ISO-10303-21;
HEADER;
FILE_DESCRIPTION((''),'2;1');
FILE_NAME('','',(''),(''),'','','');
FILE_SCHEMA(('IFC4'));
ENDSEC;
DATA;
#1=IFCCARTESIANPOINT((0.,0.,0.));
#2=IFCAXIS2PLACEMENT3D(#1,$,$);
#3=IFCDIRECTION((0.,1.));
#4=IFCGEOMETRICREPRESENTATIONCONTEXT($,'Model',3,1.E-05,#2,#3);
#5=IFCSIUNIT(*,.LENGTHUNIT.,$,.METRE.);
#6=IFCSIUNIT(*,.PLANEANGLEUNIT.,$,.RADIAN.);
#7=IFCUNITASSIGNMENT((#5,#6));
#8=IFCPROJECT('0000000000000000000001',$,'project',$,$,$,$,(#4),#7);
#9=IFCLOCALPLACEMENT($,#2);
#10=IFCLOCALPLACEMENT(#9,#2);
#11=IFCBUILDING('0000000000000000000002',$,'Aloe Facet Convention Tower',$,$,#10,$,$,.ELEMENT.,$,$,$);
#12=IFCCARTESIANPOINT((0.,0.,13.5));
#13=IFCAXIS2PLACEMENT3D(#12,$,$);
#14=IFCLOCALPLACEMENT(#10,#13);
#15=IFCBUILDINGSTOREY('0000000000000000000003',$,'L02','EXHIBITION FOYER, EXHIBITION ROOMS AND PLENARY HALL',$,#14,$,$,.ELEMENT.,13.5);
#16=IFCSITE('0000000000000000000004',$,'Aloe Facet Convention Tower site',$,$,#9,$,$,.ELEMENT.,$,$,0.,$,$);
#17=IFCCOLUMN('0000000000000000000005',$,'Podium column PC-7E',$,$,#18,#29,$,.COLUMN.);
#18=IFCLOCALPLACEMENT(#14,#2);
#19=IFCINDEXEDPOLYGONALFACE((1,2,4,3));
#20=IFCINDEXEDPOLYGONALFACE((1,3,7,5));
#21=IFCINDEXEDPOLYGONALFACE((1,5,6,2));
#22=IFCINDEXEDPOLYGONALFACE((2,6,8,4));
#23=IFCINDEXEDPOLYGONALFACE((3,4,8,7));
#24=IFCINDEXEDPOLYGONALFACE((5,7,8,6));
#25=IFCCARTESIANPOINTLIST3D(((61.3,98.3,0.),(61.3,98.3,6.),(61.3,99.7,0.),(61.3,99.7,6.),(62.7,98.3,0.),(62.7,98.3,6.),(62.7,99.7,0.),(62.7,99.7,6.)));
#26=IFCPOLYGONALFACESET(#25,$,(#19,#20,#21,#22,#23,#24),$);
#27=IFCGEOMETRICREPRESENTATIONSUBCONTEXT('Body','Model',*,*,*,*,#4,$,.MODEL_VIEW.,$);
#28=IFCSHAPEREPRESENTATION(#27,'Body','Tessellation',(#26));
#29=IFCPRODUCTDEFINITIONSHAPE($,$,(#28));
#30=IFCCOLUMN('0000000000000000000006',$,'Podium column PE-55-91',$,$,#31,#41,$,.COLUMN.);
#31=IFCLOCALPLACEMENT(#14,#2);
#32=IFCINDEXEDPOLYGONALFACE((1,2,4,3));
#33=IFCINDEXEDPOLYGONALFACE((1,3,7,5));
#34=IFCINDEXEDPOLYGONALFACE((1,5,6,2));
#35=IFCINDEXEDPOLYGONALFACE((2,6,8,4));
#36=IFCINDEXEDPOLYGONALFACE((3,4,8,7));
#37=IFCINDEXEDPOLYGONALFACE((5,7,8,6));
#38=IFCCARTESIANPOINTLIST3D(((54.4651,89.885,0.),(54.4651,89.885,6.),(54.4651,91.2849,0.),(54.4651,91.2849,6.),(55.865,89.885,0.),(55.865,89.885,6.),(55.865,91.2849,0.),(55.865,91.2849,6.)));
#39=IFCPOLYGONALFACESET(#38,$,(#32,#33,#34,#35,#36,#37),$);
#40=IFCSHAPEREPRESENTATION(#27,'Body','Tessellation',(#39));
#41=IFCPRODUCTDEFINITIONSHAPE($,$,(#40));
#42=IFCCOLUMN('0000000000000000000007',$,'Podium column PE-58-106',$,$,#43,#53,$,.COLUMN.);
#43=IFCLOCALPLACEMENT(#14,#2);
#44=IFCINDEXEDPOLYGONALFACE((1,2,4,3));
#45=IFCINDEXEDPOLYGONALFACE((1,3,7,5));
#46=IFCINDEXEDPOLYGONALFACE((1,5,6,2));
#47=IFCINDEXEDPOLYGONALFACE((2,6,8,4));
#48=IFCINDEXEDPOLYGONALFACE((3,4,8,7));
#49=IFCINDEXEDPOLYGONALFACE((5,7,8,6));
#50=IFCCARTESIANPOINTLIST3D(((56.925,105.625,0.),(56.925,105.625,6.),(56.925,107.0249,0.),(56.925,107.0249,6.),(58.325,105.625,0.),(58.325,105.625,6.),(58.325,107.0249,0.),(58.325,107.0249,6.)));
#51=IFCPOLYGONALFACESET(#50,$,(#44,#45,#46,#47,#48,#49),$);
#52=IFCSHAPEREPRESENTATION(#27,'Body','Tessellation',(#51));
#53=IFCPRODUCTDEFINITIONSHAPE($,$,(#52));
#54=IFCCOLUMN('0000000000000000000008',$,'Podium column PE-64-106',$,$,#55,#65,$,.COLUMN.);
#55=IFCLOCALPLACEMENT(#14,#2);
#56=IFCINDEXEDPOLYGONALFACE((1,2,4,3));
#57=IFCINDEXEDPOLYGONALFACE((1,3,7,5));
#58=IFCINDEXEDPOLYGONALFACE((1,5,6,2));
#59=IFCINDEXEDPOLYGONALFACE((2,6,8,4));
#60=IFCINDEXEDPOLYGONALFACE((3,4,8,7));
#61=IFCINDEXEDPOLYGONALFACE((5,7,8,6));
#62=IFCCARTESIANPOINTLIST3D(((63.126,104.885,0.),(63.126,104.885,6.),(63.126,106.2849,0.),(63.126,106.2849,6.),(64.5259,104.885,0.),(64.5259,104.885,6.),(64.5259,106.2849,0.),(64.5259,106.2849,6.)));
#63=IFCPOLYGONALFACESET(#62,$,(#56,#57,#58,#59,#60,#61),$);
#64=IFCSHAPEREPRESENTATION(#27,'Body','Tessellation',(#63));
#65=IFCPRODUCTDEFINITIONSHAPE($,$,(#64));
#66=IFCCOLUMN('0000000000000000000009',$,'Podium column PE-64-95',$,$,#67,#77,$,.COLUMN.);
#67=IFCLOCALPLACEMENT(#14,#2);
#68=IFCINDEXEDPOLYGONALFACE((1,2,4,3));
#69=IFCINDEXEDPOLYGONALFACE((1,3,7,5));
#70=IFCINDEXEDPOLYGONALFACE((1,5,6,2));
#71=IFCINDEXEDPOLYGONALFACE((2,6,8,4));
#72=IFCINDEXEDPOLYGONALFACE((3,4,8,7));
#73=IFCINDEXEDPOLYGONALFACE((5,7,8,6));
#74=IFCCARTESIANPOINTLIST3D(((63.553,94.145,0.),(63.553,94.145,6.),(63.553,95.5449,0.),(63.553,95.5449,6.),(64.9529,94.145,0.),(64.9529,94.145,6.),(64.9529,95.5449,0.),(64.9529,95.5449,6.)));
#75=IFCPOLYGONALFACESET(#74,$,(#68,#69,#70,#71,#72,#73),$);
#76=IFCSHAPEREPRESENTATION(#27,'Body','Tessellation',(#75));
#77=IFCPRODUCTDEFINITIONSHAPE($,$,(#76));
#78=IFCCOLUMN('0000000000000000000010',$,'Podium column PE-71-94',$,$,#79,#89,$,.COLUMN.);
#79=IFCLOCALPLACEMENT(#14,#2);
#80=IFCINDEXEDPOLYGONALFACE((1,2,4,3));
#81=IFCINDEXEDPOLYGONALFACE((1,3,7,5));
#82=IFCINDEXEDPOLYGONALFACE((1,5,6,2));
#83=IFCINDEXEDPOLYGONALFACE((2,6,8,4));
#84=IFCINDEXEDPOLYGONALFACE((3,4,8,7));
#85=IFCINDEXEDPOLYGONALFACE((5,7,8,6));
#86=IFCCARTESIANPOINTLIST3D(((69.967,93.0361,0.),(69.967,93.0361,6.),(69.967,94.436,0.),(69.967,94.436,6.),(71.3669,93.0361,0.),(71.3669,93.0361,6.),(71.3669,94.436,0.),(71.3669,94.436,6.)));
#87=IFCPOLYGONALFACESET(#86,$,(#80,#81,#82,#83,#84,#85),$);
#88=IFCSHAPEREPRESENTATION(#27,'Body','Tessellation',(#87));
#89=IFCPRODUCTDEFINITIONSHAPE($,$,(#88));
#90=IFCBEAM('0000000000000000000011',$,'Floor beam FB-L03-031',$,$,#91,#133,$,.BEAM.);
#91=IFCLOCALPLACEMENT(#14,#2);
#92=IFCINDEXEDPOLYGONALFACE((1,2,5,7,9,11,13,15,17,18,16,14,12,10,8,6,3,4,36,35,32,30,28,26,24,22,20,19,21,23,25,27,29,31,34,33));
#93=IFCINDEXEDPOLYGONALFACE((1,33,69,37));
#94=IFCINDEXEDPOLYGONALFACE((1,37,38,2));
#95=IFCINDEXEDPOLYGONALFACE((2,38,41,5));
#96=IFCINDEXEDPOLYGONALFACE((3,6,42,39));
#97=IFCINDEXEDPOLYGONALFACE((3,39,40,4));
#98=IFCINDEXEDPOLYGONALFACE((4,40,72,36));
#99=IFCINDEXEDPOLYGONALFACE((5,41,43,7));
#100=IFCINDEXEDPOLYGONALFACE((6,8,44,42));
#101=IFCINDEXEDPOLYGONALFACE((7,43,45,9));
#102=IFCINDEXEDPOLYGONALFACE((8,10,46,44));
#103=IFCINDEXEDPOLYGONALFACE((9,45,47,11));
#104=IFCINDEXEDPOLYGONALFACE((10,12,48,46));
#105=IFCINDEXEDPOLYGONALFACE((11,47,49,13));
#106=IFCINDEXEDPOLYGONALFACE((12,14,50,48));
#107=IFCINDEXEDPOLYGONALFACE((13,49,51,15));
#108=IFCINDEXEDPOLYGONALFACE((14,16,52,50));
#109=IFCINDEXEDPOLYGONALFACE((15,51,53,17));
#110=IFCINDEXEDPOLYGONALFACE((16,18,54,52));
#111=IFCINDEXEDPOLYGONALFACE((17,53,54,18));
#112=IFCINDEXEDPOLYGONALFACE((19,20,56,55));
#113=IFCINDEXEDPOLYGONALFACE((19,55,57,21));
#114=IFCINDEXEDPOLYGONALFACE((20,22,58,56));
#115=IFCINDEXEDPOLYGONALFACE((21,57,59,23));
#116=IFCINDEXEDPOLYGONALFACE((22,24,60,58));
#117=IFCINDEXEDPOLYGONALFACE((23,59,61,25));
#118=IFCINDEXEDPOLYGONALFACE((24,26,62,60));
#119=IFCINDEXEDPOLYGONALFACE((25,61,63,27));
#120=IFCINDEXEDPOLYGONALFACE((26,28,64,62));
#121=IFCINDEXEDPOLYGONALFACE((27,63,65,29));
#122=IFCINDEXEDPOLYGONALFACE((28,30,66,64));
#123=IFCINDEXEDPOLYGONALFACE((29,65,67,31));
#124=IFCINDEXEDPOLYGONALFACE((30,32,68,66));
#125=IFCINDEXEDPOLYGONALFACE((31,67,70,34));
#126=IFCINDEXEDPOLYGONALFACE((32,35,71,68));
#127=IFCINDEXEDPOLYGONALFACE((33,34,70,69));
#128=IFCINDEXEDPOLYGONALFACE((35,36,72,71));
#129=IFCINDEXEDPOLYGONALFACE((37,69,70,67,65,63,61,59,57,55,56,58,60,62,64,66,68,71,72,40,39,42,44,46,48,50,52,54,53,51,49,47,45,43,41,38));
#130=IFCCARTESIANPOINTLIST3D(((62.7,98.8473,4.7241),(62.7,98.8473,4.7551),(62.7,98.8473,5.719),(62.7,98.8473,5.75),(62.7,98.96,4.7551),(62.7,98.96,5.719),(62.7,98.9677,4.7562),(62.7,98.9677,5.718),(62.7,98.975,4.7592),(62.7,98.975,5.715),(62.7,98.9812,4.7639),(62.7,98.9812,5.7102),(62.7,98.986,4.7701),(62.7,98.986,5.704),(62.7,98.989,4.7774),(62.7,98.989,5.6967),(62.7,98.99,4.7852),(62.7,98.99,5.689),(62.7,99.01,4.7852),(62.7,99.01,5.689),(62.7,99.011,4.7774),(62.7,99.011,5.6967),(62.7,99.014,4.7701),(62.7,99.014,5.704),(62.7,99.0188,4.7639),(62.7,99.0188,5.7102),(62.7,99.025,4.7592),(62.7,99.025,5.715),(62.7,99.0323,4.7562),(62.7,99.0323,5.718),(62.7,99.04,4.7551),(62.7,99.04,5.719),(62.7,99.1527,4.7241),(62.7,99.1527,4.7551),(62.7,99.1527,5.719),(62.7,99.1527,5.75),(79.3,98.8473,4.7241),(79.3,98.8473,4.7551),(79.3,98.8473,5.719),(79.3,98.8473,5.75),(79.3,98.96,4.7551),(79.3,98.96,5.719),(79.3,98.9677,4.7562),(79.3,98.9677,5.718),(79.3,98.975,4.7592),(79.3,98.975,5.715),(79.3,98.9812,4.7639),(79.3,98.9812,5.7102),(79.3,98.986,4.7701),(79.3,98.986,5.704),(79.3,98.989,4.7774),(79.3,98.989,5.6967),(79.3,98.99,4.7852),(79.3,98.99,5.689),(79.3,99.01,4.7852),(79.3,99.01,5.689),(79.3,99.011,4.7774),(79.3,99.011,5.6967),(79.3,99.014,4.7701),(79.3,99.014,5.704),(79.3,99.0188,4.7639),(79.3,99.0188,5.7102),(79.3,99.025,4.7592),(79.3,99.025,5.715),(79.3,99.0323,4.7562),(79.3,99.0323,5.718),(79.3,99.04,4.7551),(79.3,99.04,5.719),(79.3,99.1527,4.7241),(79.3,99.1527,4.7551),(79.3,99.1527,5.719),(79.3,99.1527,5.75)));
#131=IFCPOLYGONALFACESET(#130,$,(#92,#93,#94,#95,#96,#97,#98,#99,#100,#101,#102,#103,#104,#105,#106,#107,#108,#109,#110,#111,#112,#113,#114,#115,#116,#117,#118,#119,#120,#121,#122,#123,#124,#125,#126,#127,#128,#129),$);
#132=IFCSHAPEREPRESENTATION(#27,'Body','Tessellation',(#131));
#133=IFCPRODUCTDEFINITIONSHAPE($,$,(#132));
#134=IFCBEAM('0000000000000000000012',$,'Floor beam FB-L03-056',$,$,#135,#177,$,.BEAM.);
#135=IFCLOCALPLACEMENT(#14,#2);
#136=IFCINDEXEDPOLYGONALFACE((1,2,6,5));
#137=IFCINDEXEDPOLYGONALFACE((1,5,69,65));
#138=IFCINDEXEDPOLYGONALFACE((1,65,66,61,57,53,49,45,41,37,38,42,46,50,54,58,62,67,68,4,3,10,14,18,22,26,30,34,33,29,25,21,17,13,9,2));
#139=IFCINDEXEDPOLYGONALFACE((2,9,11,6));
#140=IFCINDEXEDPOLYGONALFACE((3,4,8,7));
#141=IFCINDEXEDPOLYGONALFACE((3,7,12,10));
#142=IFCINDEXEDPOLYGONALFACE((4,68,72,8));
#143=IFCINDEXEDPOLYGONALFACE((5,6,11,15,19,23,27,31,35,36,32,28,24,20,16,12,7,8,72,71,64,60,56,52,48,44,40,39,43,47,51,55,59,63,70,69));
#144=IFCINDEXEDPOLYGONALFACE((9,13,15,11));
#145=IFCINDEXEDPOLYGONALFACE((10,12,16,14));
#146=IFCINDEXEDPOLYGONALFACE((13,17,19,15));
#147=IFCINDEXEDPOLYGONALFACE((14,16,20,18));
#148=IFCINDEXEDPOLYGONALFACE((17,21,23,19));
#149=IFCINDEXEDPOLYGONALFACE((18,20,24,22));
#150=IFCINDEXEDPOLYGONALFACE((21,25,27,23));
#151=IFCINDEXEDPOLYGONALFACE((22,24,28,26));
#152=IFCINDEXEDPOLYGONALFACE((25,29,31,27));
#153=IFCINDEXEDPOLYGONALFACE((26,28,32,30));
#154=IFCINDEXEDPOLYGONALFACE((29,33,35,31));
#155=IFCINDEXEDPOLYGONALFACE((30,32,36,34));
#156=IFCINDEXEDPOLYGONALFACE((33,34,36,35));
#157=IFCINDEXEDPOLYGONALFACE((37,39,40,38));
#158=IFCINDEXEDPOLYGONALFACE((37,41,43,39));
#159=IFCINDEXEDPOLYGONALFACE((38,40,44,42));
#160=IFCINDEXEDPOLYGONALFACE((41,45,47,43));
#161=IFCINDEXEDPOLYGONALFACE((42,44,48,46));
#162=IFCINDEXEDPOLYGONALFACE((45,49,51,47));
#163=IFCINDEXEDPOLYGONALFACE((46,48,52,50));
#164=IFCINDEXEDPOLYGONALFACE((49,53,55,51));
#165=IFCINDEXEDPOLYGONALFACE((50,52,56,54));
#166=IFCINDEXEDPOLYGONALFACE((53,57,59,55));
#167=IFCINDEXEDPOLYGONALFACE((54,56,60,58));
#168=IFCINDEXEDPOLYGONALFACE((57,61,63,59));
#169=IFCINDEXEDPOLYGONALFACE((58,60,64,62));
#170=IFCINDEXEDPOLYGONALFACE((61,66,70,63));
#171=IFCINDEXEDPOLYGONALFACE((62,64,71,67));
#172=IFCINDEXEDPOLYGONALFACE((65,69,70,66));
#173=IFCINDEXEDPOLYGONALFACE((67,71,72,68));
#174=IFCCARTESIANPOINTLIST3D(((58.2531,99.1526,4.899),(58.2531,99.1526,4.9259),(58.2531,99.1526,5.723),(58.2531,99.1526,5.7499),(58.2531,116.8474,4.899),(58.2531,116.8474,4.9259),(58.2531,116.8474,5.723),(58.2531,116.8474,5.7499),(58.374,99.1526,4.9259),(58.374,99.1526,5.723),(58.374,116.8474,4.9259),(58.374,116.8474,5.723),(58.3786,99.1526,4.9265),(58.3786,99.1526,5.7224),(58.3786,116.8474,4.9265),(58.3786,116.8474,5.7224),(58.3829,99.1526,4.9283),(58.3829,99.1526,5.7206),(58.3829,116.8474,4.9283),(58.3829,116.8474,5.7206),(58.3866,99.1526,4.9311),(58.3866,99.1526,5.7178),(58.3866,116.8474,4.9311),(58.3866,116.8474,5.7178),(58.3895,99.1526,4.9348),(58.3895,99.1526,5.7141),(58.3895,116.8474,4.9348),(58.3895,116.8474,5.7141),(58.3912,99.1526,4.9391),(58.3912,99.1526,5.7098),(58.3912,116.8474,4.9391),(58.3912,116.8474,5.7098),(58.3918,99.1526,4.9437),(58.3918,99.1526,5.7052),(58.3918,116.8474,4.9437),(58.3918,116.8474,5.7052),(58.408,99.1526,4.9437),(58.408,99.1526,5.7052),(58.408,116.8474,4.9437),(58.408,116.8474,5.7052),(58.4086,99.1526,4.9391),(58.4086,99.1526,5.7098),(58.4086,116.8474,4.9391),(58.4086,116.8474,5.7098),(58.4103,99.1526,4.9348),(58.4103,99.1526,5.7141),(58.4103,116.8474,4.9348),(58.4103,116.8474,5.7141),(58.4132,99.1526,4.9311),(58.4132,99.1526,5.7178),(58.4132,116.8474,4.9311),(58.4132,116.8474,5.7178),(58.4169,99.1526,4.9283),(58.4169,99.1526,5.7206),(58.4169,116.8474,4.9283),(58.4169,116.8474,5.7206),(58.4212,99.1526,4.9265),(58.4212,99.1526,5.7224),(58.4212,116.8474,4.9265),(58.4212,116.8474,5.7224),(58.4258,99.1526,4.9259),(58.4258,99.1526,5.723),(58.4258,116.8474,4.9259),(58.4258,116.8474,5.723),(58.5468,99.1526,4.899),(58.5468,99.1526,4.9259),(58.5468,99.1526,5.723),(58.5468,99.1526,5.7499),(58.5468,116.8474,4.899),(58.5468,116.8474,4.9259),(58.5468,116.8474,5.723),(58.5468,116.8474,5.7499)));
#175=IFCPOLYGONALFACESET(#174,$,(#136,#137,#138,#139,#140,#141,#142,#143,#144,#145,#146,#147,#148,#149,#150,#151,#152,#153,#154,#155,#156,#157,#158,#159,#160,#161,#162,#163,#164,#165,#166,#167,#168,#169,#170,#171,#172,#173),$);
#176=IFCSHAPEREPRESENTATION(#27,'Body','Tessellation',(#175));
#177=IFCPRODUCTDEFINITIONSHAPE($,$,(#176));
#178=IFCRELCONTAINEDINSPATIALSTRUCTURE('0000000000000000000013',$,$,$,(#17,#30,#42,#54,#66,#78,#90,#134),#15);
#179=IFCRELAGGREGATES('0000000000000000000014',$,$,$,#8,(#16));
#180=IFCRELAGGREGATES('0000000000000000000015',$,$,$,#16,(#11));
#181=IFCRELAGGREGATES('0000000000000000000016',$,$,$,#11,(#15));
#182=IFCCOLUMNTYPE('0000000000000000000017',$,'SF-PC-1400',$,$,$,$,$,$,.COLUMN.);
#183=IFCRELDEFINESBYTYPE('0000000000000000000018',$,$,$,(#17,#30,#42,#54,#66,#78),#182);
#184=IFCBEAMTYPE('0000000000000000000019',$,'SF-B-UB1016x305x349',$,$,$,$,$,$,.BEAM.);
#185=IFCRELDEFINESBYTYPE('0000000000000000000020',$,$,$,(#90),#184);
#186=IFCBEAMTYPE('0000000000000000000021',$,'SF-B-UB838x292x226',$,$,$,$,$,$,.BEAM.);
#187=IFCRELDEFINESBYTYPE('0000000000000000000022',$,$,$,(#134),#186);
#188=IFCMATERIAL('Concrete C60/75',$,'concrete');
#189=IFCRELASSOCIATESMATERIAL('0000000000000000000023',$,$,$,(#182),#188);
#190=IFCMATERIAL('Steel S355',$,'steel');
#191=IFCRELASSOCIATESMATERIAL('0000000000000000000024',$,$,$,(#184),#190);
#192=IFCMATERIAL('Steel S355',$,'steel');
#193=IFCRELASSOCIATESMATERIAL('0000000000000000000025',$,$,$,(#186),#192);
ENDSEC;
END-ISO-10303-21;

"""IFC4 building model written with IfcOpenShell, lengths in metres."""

from ifc_helpers import new_model, si_unit, direction, frame, origin, origin_2d, place, context, subcontext, project, spatial, rectangle, i_section, extrude, material, material_profile, profile_set, type_object, element, save


model = new_model("IFC4")

# Units and contexts
model_context = context("Model", 3, precision=1e-05, world=origin(), true_north=direction((0.0, 1.0)))
body_context = subcontext(model_context, "Body", "Model", "MODEL_VIEW")
ifc_project = project(units=[si_unit("LENGTHUNIT", "METRE"), si_unit("PLANEANGLEUNIT", "RADIAN")], contexts=[model_context])

# Site, building, storey
site_placement = place(None, origin())
site = spatial("IfcSite", under=ifc_project, at=site_placement, Name="Aloe Facet Convention Tower site", CompositionType="ELEMENT", RefElevation=0.0)
building_placement = place(site_placement, origin())
building = spatial("IfcBuilding", under=site, at=building_placement, Name="Aloe Facet Convention Tower", CompositionType="ELEMENT")
storey_placement = place(building_placement, frame((0.0, 0.0, 13.5)))
storey = spatial("IfcBuildingStorey", under=building, at=storey_placement, Name="L02", Description="EXHIBITION FOYER, EXHIBITION ROOMS AND PLENARY HALL", CompositionType="ELEMENT", Elevation=13.5)

# Columns
ifc_material_1 = material(Name="Concrete C60/75", Category="concrete")
ifc_material_profile_1 = material_profile(ifc_material_1, rectangle(XDim=1.3999, YDim=1.3999, at=origin_2d()), Name="SF-PC-1400")
ifc_profile_set_1 = profile_set([ifc_material_profile_1], Name="Concrete C60/75")
column_type = type_object("IfcColumnType", Name="SF-PC-1400", PredefinedType="COLUMN", material=ifc_profile_set_1)
for number, where, z_axis, x_axis, name in (
    (1, (62.0, 99.0, 0.0), (0.0, 0.0, 1.0), (1.0, 0.0, 0.0), "Podium column PC-7E"),
    (2, (55.165, 90.585, 0.0), (0.0, 0.0, 1.0), (1.0, 0.0, 0.0), "Podium column PE-55-91"),
    (3, (57.625, 106.325, 0.0), (0.0, 0.0, 1.0), (1.0, 0.0, 0.0), "Podium column PE-58-106"),
    (4, (63.8259, 105.585, 0.0), (0.0, 0.0, 1.0), (1.0, 0.0, 0.0), "Podium column PE-64-106"),
    (5, (64.2529, 94.845, 0.0), (0.0, 0.0, 1.0), (1.0, 0.0, 0.0), "Podium column PE-64-95"),
    (6, (70.667, 93.7361, 0.0), (0.0, 0.0, 1.0), (1.0, 0.0, 0.0), "Podium column PE-71-94"),
):
    element("IfcColumn", number, at=place(storey_placement, frame(where, z_axis=z_axis, x_axis=x_axis)), inside=storey, type_object=column_type, Name=name, PredefinedType="COLUMN", context=body_context, shape_type="SweptSolid", body=[
        extrude(rectangle(XDim=1.3999, YDim=1.3999, at=origin_2d()), origin(), (0.0, 0.0, 1.0), 6.0),
    ])

# Beams
ifc_material_2 = material(Name="Steel S355", Category="steel")
ifc_material_profile_2 = material_profile(ifc_material_2, i_section(OverallWidth=0.3054, OverallDepth=1.0259, WebThickness=0.02, FlangeThickness=0.031, FilletRadius=0.03, at=origin_2d()), Name="UB 1016x305x349")
ifc_profile_set_2 = profile_set([ifc_material_profile_2], Name="Steel S355")
beam_type_1 = type_object("IfcBeamType", Name="SF-B-UB1016x305x349", PredefinedType="BEAM", material=ifc_profile_set_2)
beam_1_placement = place(storey_placement, frame((62.7, 99.0, 5.2371), z_axis=(1.0, 0.0, 0.0), x_axis=(0.0, 1.0, 0.0)))
element("IfcBeam", 7, at=beam_1_placement, inside=storey, type_object=beam_type_1, Name="Floor beam FB-L03-031", PredefinedType="BEAM", context=body_context, shape_type="SweptSolid", body=[
    extrude(i_section(OverallWidth=0.3054, OverallDepth=1.0259, WebThickness=0.02, FlangeThickness=0.031, FilletRadius=0.03, at=origin_2d()), origin(), (0.0, 0.0, 1.0), 16.6001),
])
ifc_material_3 = material(Name="Steel S355", Category="steel")
ifc_material_profile_3 = material_profile(ifc_material_3, i_section(OverallWidth=0.2937, OverallDepth=0.8508, WebThickness=0.0161, FlangeThickness=0.0269, FilletRadius=0.0178, at=origin_2d()), Name="UB 838x292x226")
ifc_profile_set_3 = profile_set([ifc_material_profile_3], Name="Steel S355")
beam_type_2 = type_object("IfcBeamType", Name="SF-B-UB838x292x226", PredefinedType="BEAM", material=ifc_profile_set_3)
beam_2_placement = place(storey_placement, frame((58.3999, 99.1526, 5.3245), z_axis=(0.0, 1.0, 0.0), x_axis=(-1.0, 0.0, 0.0)))
element("IfcBeam", 8, at=beam_2_placement, inside=storey, type_object=beam_type_2, Name="Floor beam FB-L03-056", PredefinedType="BEAM", context=body_context, shape_type="SweptSolid", body=[
    extrude(i_section(OverallWidth=0.2937, OverallDepth=0.8508, WebThickness=0.0161, FlangeThickness=0.0269, FilletRadius=0.0178, at=origin_2d()), origin(), (0.0, 0.0, 1.0), 17.6948),
])

save(model, "model.ifc")
